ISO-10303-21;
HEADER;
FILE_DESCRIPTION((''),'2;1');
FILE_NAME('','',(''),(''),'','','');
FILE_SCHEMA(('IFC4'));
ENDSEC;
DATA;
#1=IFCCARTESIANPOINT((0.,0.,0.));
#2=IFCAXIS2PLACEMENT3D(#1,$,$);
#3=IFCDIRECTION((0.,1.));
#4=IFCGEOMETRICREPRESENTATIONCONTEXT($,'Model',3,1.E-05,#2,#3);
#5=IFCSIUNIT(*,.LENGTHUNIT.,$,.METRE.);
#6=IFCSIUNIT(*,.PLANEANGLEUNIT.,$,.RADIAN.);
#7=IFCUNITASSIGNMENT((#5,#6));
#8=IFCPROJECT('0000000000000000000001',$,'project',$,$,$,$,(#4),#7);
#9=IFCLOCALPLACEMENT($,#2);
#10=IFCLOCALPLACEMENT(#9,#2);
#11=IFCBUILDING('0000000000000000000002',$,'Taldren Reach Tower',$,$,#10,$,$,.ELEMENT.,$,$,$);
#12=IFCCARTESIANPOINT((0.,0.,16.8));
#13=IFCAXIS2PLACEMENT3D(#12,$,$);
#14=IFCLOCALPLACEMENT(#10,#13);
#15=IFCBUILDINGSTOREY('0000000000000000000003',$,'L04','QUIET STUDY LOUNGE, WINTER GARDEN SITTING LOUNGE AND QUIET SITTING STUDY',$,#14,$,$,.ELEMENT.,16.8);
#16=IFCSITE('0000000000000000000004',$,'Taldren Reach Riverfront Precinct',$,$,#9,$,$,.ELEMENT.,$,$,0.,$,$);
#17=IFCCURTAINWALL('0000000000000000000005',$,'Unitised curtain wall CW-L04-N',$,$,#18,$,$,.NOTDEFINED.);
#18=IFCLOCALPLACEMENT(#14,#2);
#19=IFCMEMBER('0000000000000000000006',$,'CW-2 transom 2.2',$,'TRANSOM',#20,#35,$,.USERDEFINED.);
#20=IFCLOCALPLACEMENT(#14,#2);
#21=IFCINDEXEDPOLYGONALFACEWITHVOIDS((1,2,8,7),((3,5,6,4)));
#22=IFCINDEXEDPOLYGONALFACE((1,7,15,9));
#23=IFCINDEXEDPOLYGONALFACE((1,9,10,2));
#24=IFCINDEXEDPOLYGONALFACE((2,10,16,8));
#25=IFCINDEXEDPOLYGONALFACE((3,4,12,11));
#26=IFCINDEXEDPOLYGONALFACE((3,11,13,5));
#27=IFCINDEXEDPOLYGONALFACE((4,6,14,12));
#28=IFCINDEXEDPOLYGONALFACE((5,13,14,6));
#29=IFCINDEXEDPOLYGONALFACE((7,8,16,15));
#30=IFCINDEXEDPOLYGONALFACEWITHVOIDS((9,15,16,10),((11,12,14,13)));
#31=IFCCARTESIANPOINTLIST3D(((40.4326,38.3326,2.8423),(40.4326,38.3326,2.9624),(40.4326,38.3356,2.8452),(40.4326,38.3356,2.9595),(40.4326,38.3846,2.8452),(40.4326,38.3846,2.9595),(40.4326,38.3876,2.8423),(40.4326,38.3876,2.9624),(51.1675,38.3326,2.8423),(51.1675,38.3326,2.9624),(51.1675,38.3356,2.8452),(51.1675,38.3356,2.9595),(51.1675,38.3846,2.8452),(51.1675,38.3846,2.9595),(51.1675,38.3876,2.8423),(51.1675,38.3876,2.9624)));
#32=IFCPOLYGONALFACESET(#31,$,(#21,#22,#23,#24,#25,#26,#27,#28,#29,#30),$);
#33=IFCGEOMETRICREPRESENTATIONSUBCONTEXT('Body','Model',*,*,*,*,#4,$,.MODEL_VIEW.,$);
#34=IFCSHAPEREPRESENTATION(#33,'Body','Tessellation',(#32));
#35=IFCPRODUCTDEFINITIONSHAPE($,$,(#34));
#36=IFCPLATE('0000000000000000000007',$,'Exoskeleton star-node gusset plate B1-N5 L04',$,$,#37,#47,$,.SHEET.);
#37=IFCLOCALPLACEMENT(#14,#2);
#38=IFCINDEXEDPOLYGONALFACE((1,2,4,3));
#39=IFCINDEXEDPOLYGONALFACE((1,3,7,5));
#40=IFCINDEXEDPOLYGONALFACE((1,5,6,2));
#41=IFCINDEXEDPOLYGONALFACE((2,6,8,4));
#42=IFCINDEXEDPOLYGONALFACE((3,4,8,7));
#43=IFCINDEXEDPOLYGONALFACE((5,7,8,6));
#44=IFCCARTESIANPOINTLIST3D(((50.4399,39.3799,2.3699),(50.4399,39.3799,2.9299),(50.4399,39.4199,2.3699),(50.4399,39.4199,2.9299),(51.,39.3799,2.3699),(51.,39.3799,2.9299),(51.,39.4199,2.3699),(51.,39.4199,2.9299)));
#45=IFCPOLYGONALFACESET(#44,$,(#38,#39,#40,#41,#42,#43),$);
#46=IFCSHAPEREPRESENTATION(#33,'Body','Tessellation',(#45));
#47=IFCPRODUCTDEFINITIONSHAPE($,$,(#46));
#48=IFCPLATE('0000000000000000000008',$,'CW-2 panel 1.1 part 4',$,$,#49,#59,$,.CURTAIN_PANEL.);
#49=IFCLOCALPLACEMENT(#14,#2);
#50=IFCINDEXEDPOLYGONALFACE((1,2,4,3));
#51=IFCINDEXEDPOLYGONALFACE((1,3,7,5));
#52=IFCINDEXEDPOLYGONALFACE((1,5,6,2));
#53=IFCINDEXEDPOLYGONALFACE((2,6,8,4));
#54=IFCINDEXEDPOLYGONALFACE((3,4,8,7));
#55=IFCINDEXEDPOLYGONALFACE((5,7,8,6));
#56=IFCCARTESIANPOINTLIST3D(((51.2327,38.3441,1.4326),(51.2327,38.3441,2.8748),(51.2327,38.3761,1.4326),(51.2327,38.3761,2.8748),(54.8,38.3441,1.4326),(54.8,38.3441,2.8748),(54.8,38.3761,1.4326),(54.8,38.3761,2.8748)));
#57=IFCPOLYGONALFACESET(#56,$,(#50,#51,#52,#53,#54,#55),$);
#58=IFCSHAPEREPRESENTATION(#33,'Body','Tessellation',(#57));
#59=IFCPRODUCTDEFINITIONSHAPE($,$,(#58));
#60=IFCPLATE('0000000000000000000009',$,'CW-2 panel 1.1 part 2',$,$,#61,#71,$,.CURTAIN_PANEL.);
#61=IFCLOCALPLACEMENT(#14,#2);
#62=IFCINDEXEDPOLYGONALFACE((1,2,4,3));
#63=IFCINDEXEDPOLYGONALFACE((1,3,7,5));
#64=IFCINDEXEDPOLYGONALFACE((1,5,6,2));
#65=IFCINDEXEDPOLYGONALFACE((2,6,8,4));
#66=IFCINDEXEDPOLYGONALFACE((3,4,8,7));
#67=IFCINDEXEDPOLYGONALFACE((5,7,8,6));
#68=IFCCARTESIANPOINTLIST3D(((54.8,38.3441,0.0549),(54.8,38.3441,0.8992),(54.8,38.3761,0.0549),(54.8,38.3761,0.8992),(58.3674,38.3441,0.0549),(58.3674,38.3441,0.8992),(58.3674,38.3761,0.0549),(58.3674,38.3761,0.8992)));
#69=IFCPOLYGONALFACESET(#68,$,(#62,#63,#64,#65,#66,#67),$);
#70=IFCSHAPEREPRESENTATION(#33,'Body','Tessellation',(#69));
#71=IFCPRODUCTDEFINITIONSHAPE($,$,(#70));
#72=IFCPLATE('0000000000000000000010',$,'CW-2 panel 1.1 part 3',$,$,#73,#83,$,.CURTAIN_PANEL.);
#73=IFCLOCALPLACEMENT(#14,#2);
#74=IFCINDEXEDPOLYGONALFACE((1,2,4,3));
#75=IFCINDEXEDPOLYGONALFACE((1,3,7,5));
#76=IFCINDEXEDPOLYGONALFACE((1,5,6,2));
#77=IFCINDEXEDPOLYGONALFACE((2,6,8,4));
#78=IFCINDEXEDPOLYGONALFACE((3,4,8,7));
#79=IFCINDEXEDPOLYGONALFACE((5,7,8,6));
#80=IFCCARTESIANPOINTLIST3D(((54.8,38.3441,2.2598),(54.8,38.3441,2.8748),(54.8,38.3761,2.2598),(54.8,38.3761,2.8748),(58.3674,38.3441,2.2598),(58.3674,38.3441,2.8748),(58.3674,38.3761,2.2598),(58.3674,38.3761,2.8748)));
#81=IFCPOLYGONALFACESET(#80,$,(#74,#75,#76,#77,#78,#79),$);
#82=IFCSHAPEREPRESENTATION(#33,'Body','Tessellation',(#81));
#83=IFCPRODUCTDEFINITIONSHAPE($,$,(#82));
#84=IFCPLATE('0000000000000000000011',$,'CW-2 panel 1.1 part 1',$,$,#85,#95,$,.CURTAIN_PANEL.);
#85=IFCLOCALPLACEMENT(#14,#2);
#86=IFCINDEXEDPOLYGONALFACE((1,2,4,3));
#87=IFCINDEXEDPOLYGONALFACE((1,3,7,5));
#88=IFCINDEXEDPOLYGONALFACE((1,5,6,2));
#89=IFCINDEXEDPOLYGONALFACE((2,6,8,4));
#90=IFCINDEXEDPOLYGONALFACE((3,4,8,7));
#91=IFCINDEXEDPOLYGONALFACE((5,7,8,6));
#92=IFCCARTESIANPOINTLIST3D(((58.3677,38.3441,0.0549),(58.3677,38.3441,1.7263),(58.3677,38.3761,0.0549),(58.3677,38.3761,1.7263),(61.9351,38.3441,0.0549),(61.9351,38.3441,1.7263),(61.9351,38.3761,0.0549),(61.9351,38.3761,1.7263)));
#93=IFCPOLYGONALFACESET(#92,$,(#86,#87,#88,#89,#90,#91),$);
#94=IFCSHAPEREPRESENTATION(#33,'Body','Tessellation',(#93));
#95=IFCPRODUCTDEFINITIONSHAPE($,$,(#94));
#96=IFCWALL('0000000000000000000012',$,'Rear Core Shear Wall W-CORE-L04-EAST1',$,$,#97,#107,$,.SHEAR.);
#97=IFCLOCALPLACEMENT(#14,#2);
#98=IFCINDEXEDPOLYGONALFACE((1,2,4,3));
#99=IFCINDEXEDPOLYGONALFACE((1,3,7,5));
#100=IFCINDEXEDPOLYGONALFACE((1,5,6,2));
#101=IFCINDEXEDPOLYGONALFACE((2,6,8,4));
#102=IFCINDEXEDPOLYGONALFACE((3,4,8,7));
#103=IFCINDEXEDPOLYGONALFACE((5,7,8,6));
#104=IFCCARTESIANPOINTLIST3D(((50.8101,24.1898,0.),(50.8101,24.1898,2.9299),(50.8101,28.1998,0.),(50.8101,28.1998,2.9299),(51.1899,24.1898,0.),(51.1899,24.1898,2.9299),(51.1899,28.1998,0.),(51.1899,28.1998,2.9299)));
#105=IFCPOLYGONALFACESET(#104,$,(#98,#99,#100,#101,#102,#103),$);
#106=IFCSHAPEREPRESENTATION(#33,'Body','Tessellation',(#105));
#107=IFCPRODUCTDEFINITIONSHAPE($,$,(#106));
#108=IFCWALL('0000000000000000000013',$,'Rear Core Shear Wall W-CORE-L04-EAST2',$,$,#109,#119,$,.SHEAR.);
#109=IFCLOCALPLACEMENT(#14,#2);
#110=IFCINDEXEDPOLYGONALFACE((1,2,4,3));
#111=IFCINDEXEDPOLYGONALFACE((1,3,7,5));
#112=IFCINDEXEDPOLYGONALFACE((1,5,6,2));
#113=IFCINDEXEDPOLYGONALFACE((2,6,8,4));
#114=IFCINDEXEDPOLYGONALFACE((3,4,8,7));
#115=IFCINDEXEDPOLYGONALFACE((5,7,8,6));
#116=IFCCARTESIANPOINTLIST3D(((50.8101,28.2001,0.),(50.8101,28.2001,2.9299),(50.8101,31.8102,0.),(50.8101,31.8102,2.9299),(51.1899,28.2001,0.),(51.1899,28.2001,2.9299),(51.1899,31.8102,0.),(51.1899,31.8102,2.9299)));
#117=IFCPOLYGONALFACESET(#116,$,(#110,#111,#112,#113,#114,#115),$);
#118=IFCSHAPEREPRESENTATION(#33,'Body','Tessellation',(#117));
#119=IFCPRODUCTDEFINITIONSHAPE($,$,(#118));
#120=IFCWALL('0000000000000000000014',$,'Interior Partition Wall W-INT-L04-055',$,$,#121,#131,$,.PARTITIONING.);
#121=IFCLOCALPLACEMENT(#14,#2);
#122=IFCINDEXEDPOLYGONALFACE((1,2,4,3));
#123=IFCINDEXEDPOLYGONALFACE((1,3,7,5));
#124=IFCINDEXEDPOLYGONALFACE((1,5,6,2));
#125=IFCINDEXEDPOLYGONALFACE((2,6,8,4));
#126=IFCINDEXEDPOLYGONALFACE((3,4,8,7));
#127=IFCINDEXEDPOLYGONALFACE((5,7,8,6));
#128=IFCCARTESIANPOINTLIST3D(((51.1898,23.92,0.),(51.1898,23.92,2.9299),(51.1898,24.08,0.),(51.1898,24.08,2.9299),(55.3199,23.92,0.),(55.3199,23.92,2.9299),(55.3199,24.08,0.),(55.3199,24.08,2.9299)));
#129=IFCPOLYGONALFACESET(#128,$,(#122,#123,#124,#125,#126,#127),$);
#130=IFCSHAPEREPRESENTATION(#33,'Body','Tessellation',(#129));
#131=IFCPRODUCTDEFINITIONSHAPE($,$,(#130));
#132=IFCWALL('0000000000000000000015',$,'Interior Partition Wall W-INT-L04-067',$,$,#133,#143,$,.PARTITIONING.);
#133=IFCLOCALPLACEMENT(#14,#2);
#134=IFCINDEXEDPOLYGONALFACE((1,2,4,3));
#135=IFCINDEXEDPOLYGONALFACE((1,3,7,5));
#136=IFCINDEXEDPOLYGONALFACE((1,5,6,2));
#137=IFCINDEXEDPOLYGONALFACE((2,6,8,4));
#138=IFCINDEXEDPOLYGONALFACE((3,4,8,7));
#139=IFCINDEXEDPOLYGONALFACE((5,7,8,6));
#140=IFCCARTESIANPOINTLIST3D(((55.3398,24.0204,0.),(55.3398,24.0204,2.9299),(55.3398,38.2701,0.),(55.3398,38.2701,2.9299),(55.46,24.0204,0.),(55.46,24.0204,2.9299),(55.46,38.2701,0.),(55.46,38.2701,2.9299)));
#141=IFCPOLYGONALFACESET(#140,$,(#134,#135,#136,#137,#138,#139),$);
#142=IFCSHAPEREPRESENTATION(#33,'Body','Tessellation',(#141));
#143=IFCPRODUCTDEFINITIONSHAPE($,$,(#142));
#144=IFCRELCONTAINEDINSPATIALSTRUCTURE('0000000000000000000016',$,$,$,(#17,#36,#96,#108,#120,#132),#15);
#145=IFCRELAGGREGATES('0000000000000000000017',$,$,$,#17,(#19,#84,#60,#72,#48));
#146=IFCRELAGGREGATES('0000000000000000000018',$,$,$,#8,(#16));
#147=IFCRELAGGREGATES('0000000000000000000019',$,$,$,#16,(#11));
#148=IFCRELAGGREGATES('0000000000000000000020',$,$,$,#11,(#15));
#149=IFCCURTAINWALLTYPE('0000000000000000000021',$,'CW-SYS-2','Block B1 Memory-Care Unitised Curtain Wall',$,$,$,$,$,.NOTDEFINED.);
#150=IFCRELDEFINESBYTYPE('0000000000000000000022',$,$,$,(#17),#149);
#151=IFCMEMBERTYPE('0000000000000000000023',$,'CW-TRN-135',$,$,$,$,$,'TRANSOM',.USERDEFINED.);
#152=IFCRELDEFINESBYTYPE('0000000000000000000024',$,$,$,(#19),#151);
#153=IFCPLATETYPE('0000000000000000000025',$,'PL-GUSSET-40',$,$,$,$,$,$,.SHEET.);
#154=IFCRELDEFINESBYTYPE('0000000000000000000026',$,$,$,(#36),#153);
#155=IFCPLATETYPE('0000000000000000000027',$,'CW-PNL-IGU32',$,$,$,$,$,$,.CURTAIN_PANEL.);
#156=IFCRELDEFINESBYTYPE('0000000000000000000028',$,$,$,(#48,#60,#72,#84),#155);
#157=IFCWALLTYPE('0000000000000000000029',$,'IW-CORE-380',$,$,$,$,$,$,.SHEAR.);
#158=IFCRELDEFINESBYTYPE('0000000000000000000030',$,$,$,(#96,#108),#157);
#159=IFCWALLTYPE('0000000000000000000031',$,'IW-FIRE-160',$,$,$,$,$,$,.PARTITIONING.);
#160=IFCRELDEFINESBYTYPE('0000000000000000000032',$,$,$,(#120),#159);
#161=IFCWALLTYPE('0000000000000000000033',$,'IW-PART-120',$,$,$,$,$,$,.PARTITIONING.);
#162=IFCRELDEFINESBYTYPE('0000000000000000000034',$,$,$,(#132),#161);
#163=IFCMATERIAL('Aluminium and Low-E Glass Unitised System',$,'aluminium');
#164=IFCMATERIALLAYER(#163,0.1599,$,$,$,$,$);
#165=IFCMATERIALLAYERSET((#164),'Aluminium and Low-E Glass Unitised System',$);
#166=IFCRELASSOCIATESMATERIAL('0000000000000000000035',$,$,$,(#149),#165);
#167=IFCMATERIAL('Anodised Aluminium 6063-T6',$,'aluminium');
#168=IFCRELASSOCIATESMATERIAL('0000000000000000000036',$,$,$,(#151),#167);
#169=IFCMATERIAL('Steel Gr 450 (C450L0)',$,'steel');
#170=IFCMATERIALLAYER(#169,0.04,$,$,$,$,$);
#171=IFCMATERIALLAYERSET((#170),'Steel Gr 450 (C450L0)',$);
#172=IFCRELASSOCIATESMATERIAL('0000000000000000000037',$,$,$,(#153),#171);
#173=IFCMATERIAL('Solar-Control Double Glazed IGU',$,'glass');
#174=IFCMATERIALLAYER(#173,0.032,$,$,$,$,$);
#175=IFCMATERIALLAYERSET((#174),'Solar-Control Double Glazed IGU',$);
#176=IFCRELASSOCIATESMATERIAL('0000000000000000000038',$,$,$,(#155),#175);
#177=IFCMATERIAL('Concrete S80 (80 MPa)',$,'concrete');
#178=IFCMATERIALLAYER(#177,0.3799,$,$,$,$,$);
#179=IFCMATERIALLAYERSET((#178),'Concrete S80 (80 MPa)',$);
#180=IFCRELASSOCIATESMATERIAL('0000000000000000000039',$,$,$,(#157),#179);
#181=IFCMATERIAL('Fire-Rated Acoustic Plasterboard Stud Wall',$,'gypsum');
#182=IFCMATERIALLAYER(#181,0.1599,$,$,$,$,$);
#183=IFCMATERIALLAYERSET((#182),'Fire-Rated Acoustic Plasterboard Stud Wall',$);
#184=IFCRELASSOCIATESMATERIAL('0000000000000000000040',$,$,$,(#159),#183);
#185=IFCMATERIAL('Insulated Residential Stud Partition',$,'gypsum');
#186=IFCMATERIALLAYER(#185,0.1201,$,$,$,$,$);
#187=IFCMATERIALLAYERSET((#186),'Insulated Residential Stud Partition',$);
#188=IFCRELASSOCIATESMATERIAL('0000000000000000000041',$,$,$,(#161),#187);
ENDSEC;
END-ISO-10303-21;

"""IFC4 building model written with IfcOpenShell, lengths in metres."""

from ifc_helpers import new_model, si_unit, direction, frame, frame_2d, origin, origin_2d, place, context, subcontext, project, spatial, rectangle, hollow_rectangle, extrude, source, transform, mapped, material, layer, layer_set, material_profile, profile_set, type_object, element, aggregate, save


model = new_model("IFC4")

# Units and contexts
model_context = context("Model", 3, precision=1e-05, world=origin(), true_north=direction((0.0, 1.0)))
body_context = subcontext(model_context, "Body", "Model", "MODEL_VIEW")
ifc_project = project(units=[si_unit("LENGTHUNIT", "METRE"), si_unit("PLANEANGLEUNIT", "RADIAN")], contexts=[model_context])

# Site, building, storey
site_placement = place(None, origin())
site = spatial("IfcSite", under=ifc_project, at=site_placement, Name="Taldren Reach Riverfront Precinct", CompositionType="ELEMENT", RefElevation=0.0)
building_placement = place(site_placement, origin())
building = spatial("IfcBuilding", under=site, at=building_placement, Name="Taldren Reach Tower", CompositionType="ELEMENT")
storey_placement = place(building_placement, frame((0.0, 0.0, 16.8)))
storey = spatial("IfcBuildingStorey", under=building, at=storey_placement, Name="L04", Description="QUIET STUDY LOUNGE, WINTER GARDEN SITTING LOUNGE AND QUIET SITTING STUDY", CompositionType="ELEMENT", Elevation=16.8)

# Shared definitions
ifc_material_1 = material(Name="Steel Gr 450 (C450L0)", Category="steel")

# Curtain wall, member
ifc_material_2 = material(Name="Aluminium and Low-E Glass Unitised System", Category="aluminium")
ifc_layer_1 = layer(ifc_material_2, 0.1599)
ifc_layer_set_1 = layer_set([ifc_layer_1], Name="Aluminium and Low-E Glass Unitised System")
curtain_wall_type = type_object("IfcCurtainWallType", Name="CW-SYS-2", Description="Block B1 Memory-Care Unitised Curtain Wall", PredefinedType="NOTDEFINED", material=ifc_layer_set_1)
curtain_wall_placement = place(storey_placement, origin())
curtain_wall = element("IfcCurtainWall", 1, at=curtain_wall_placement, inside=storey, type_object=curtain_wall_type, Name="Unitised curtain wall CW-L04-N", PredefinedType="NOTDEFINED")
ifc_material_3 = material(Name="Anodised Aluminium 6063-T6", Category="aluminium")
ifc_material_profile_1 = material_profile(ifc_material_3, hollow_rectangle(XDim=0.0549, YDim=0.1201, WallThickness=0.0029, at=origin_2d()), Name="ALU-120x55x3RHS")
ifc_profile_set_1 = profile_set([ifc_material_profile_1], Name="Anodised Aluminium 6063-T6")
member_type_1 = type_object("IfcMemberType", Name="CW-TRN-135", ElementType="TRANSOM", PredefinedType="USERDEFINED", material=ifc_profile_set_1)
shared_shape_1 = source(origin(), body_context, "Body", "SweptSolid", [
    extrude(hollow_rectangle(XDim=0.0549, YDim=0.1201, WallThickness=0.0029, at=origin_2d()), origin(), (0.0, 0.0, 1.0), 10.7349),
])
member_1_placement = place(storey_placement, frame((51.1675, 38.3601, 2.9023), z_axis=(-1.0, 0.0, 0.0), x_axis=(0.0, -1.0, 0.0)))
member_1 = element("IfcMember", 2, at=member_1_placement, type_object=member_type_1, Name="CW-2 transom 2.2", ObjectType="TRANSOM", PredefinedType="USERDEFINED", context=body_context, shape_type="MappedRepresentation", body=[
    mapped(shared_shape_1, transform((0.0, 0.0, 0.0), scale=1.0)),
])

# Plates
ifc_layer_2 = layer(ifc_material_1, 0.04)
ifc_layer_set_2 = layer_set([ifc_layer_2], Name="Steel Gr 450 (C450L0)")
plate_type_1 = type_object("IfcPlateType", Name="PL-GUSSET-40", PredefinedType="SHEET", material=ifc_layer_set_2)
shared_shape_2 = source(origin(), body_context, "Body", "SweptSolid", [
    extrude(rectangle(XDim=0.5601, YDim=0.04, at=origin_2d()), origin(), (0.0, 0.0, 1.0), 0.5601),
])
plate_1_placement = place(storey_placement, frame((50.72, 39.3999, 2.3699), z_axis=(0.0, 0.0, 1.0), x_axis=(1.0, 0.0, 0.0)))
element("IfcPlate", 3, at=plate_1_placement, inside=storey, type_object=plate_type_1, Name="Exoskeleton star-node gusset plate B1-N5 L04", PredefinedType="SHEET", context=body_context, shape_type="MappedRepresentation", body=[
    mapped(shared_shape_2, transform((0.0, 0.0, 0.0), scale=1.0)),
])
ifc_material_4 = material(Name="Solar-Control Double Glazed IGU", Category="glass")
ifc_layer_3 = layer(ifc_material_4, 0.032)
ifc_layer_set_3 = layer_set([ifc_layer_3], Name="Solar-Control Double Glazed IGU")
plate_type_2 = type_object("IfcPlateType", Name="CW-PNL-IGU32", PredefinedType="CURTAIN_PANEL", material=ifc_layer_set_3)
shared_shape_3 = source(origin(), body_context, "Body", "SweptSolid", [
    extrude(rectangle(XDim=3.5674, YDim=0.032, at=origin_2d()), origin(), (0.0, 0.0, 1.0), 1.4421),
])
plate_2_placement = place(storey_placement, frame((53.0164, 38.3601, 1.4326), z_axis=(0.0, 0.0, 1.0), x_axis=(-1.0, 0.0, 0.0)))
plate_2 = element("IfcPlate", 4, at=plate_2_placement, type_object=plate_type_2, Name="CW-2 panel 1.1 part 4", PredefinedType="CURTAIN_PANEL", context=body_context, shape_type="MappedRepresentation", body=[
    mapped(shared_shape_3, transform((0.0, 0.0, 0.0), scale=1.0)),
])
shared_shape_4 = source(origin(), body_context, "Body", "SweptSolid", [
    extrude(rectangle(XDim=3.5674, YDim=0.032, at=origin_2d()), origin(), (0.0, 0.0, 1.0), 0.8442),
])
plate_3_placement = place(storey_placement, frame((56.5837, 38.3601, 0.0549), z_axis=(0.0, 0.0, 1.0), x_axis=(-1.0, 0.0, 0.0)))
plate_3 = element("IfcPlate", 5, at=plate_3_placement, type_object=plate_type_2, Name="CW-2 panel 1.1 part 2", PredefinedType="CURTAIN_PANEL", context=body_context, shape_type="MappedRepresentation", body=[
    mapped(shared_shape_4, transform((0.0, 0.0, 0.0), scale=1.0)),
])
shared_shape_5 = source(origin(), body_context, "Body", "SweptSolid", [
    extrude(rectangle(XDim=3.5674, YDim=0.032, at=origin_2d()), origin(), (0.0, 0.0, 1.0), 0.615),
])
plate_4_placement = place(storey_placement, frame((56.5837, 38.3601, 2.2598), z_axis=(0.0, 0.0, 1.0), x_axis=(-1.0, 0.0, 0.0)))
plate_4 = element("IfcPlate", 6, at=plate_4_placement, type_object=plate_type_2, Name="CW-2 panel 1.1 part 3", PredefinedType="CURTAIN_PANEL", context=body_context, shape_type="MappedRepresentation", body=[
    mapped(shared_shape_5, transform((0.0, 0.0, 0.0), scale=1.0)),
])
shared_shape_6 = source(origin(), body_context, "Body", "SweptSolid", [
    extrude(rectangle(XDim=3.5674, YDim=0.032, at=origin_2d()), origin(), (0.0, 0.0, 1.0), 1.6714),
])
plate_5_placement = place(storey_placement, frame((60.1514, 38.3601, 0.0549), z_axis=(0.0, 0.0, 1.0), x_axis=(-1.0, 0.0, 0.0)))
plate_5 = element("IfcPlate", 7, at=plate_5_placement, type_object=plate_type_2, Name="CW-2 panel 1.1 part 1", PredefinedType="CURTAIN_PANEL", context=body_context, shape_type="MappedRepresentation", body=[
    mapped(shared_shape_6, transform((0.0, 0.0, 0.0), scale=1.0)),
])
aggregate(curtain_wall, [member_1, plate_5, plate_3, plate_4, plate_2])

# Walls
ifc_material_5 = material(Name="Concrete S80 (80 MPa)", Category="concrete")
ifc_layer_4 = layer(ifc_material_5, 0.3799)
ifc_layer_set_4 = layer_set([ifc_layer_4], Name="Concrete S80 (80 MPa)")
wall_type_1 = type_object("IfcWallType", Name="IW-CORE-380", PredefinedType="SHEAR", material=ifc_layer_set_4)
shared_shape_7 = source(origin(), body_context, "Body", "SweptSolid", [
    extrude(rectangle(XDim=4.01, YDim=0.3799, at=frame_2d((2.0049, 0.0))), origin(), (0.0, 0.0, 1.0), 2.9299),
])
wall_1_placement = place(storey_placement, frame((51.0, 24.1899, 0.0), z_axis=(0.0, 0.0, 1.0), x_axis=(0.0, 1.0, 0.0)))
element("IfcWall", 8, at=wall_1_placement, inside=storey, type_object=wall_type_1, Name="Rear Core Shear Wall W-CORE-L04-EAST1", PredefinedType="SHEAR", context=body_context, shape_type="MappedRepresentation", body=[
    mapped(shared_shape_7, transform((0.0, 0.0, 0.0), scale=1.0)),
])
shared_shape_8 = source(origin(), body_context, "Body", "SweptSolid", [
    extrude(rectangle(XDim=3.6101, YDim=0.3799, at=frame_2d((1.8052, 0.0))), origin(), (0.0, 0.0, 1.0), 2.9299),
])
wall_2_placement = place(storey_placement, frame((51.0, 28.2, 0.0), z_axis=(0.0, 0.0, 1.0), x_axis=(0.0, 1.0, 0.0)))
element("IfcWall", 9, at=wall_2_placement, inside=storey, type_object=wall_type_1, Name="Rear Core Shear Wall W-CORE-L04-EAST2", PredefinedType="SHEAR", context=body_context, shape_type="MappedRepresentation", body=[
    mapped(shared_shape_8, transform((0.0, 0.0, 0.0), scale=1.0)),
])
ifc_material_6 = material(Name="Fire-Rated Acoustic Plasterboard Stud Wall", Category="gypsum")
ifc_layer_5 = layer(ifc_material_6, 0.1599)
ifc_layer_set_5 = layer_set([ifc_layer_5], Name="Fire-Rated Acoustic Plasterboard Stud Wall")
wall_type_2 = type_object("IfcWallType", Name="IW-FIRE-160", PredefinedType="PARTITIONING", material=ifc_layer_set_5)
shared_shape_9 = source(origin(), body_context, "Body", "SweptSolid", [
    extrude(rectangle(XDim=4.1301, YDim=0.1599, at=frame_2d((2.0649, 0.0))), origin(), (0.0, 0.0, 1.0), 2.9299),
])
wall_3_placement = place(storey_placement, frame((51.1899, 24.0, 0.0), z_axis=(0.0, 0.0, 1.0), x_axis=(1.0, 0.0, 0.0)))
element("IfcWall", 10, at=wall_3_placement, inside=storey, type_object=wall_type_2, Name="Interior Partition Wall W-INT-L04-055", PredefinedType="PARTITIONING", context=body_context, shape_type="MappedRepresentation", body=[
    mapped(shared_shape_9, transform((0.0, 0.0, 0.0), scale=1.0)),
])
ifc_material_7 = material(Name="Insulated Residential Stud Partition", Category="gypsum")
ifc_layer_6 = layer(ifc_material_7, 0.1201)
ifc_layer_set_6 = layer_set([ifc_layer_6], Name="Insulated Residential Stud Partition")
wall_type_3 = type_object("IfcWallType", Name="IW-PART-120", PredefinedType="PARTITIONING", material=ifc_layer_set_6)
shared_shape_10 = source(origin(), body_context, "Body", "SweptSolid", [
    extrude(rectangle(XDim=14.2498, YDim=0.1201, at=frame_2d((7.125, 0.0))), origin(), (0.0, 0.0, 1.0), 2.9299),
])
wall_4_placement = place(storey_placement, frame((55.3999, 24.0203, 0.0), z_axis=(0.0, 0.0, 1.0), x_axis=(0.0, 1.0, 0.0)))
element("IfcWall", 11, at=wall_4_placement, inside=storey, type_object=wall_type_3, Name="Interior Partition Wall W-INT-L04-067", PredefinedType="PARTITIONING", context=body_context, shape_type="MappedRepresentation", body=[
    mapped(shared_shape_10, transform((0.0, 0.0, 0.0), scale=1.0)),
])

save(model, "model.ifc")
